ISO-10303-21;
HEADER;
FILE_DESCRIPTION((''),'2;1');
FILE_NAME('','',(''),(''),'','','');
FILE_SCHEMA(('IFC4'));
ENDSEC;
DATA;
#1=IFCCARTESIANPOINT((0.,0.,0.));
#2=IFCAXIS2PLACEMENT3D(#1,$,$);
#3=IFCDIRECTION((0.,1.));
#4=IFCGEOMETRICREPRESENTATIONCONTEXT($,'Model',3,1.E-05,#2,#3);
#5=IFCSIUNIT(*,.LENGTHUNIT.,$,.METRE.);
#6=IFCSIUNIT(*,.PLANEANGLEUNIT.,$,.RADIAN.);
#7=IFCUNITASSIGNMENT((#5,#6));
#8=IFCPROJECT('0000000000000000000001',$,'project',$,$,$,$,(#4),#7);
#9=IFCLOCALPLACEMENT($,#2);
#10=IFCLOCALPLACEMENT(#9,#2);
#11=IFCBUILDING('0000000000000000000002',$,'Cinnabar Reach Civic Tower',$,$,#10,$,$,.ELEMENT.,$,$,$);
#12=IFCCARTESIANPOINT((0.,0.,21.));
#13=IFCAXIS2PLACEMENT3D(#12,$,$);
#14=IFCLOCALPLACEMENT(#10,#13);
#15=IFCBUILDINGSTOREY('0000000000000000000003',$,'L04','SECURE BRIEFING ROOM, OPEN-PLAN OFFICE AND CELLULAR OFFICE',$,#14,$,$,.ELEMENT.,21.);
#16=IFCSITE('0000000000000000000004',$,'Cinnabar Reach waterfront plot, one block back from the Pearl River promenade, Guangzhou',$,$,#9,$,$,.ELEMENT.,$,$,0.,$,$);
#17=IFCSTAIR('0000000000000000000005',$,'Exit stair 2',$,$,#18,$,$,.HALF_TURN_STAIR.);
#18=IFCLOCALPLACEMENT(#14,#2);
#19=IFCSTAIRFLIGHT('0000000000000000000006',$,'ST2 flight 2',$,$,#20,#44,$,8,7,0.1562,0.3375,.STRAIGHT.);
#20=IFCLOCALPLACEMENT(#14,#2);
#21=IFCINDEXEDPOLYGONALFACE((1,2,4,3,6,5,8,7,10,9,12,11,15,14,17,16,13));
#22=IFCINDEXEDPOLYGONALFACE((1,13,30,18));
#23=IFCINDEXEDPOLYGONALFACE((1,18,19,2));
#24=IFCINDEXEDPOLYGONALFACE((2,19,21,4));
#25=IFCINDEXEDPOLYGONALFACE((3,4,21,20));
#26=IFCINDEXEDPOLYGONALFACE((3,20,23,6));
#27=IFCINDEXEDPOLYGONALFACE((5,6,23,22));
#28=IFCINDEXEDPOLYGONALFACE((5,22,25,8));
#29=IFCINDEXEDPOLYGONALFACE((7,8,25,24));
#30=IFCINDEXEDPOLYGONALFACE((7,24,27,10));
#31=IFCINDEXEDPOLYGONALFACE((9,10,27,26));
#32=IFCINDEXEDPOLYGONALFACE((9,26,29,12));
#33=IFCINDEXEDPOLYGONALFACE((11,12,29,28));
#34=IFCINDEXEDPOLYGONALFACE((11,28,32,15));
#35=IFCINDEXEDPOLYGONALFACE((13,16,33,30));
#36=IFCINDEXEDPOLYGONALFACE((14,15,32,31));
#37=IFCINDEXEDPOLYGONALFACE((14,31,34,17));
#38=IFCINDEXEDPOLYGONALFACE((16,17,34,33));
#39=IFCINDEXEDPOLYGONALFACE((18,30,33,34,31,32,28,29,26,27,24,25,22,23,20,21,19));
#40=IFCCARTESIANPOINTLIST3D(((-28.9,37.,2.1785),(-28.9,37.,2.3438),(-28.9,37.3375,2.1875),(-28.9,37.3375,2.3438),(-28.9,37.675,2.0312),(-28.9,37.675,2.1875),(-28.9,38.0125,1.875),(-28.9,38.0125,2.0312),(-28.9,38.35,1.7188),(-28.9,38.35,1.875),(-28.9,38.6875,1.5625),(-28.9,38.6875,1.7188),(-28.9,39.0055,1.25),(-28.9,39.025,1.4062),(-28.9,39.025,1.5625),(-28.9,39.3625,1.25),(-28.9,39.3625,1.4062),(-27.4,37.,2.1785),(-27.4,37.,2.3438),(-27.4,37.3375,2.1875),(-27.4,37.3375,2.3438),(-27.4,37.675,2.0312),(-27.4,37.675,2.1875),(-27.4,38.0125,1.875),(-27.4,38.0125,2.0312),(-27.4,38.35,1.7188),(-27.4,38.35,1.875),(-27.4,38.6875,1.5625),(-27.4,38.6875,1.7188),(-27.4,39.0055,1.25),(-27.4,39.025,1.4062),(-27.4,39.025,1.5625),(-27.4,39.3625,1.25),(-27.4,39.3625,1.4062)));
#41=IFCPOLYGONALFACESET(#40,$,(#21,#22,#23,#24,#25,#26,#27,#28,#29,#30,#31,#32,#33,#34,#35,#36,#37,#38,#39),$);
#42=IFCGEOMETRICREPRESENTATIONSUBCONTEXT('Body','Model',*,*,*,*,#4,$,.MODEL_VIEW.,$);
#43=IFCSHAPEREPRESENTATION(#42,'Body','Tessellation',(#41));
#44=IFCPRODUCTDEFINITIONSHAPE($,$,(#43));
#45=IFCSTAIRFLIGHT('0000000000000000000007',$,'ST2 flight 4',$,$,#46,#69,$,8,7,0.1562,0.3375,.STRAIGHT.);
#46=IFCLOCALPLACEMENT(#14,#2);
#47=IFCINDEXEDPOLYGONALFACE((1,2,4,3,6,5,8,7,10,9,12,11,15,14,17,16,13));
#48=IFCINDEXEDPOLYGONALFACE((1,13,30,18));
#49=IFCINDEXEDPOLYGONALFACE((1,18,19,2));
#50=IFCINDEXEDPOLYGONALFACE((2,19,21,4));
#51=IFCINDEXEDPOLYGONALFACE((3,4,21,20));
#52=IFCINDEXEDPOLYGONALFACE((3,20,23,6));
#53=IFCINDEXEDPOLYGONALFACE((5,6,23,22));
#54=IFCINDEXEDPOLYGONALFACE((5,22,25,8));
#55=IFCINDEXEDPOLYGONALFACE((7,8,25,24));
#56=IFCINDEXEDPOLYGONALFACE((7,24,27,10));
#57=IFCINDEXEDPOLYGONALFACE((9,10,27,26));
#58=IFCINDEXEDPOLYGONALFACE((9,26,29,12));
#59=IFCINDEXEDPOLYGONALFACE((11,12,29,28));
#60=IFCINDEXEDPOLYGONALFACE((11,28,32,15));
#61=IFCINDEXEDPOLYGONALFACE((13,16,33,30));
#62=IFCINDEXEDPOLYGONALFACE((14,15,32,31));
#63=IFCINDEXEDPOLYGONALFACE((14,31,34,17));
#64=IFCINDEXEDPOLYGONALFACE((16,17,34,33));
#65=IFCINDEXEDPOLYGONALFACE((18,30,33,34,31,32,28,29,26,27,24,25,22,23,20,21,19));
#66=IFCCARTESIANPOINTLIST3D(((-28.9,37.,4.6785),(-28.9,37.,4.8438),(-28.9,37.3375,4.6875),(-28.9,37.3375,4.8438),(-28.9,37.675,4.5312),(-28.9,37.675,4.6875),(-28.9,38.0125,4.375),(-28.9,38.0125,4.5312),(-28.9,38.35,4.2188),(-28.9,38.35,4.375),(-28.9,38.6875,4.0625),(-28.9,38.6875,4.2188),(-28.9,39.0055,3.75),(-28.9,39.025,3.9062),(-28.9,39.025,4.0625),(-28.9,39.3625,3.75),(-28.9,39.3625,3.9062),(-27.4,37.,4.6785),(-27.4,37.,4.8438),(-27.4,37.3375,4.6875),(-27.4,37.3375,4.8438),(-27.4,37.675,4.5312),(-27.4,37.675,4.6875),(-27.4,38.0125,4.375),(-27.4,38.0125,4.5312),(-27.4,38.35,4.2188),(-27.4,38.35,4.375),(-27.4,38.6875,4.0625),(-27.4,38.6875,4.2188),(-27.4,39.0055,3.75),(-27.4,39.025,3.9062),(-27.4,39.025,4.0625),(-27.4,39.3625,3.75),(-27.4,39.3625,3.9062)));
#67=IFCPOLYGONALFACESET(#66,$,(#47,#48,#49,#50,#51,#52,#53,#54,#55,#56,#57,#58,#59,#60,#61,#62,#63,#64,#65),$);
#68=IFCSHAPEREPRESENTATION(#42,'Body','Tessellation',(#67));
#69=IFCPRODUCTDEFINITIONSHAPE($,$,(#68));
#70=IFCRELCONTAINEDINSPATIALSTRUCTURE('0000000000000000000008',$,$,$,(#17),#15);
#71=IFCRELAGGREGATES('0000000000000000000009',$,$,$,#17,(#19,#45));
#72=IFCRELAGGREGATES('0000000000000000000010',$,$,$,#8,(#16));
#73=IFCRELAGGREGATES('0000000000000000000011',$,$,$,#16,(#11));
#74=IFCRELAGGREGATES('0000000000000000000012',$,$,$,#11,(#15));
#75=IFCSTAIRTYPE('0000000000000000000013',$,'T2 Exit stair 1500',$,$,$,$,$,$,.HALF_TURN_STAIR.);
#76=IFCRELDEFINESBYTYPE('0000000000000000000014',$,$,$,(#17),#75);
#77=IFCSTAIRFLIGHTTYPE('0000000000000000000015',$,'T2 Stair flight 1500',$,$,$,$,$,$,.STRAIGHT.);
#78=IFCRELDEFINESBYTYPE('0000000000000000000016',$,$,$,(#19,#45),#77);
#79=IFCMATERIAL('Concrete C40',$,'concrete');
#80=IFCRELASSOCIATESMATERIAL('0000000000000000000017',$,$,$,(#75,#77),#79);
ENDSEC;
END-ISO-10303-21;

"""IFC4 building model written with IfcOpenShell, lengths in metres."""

from ifc_helpers import new_model, si_unit, direction, frame, origin, place, context, subcontext, project, spatial, polyline, outline, extrude, material, type_object, element, aggregate, save


model = new_model("IFC4")

# Units and contexts
model_context = context("Model", 3, precision=1e-05, world=origin(), true_north=direction((0.0, 1.0)))
body_context = subcontext(model_context, "Body", "Model", "MODEL_VIEW")
ifc_project = project(units=[si_unit("LENGTHUNIT", "METRE"), si_unit("PLANEANGLEUNIT", "RADIAN")], contexts=[model_context])

# Site, building, storey
site_placement = place(None, origin())
site = spatial("IfcSite", under=ifc_project, at=site_placement, Name="Cinnabar Reach waterfront plot, one block back from the Pearl River promenade, Guangzhou", CompositionType="ELEMENT", RefElevation=0.0)
building_placement = place(site_placement, origin())
building = spatial("IfcBuilding", under=site, at=building_placement, Name="Cinnabar Reach Civic Tower", CompositionType="ELEMENT")
storey_placement = place(building_placement, frame((0.0, 0.0, 21.0)))
storey = spatial("IfcBuildingStorey", under=building, at=storey_placement, Name="L04", Description="SECURE BRIEFING ROOM, OPEN-PLAN OFFICE AND CELLULAR OFFICE", CompositionType="ELEMENT", Elevation=21.0)

# Shared definitions
ifc_material_1 = material(Name="Concrete C40", Category="concrete")

# Stair, stair flights
stair_type = type_object("IfcStairType", Name="T2 Exit stair 1500", PredefinedType="HALF_TURN_STAIR", material=ifc_material_1)
stair_placement = place(storey_placement, origin())
stair = element("IfcStair", 1, at=stair_placement, inside=storey, type_object=stair_type, Name="Exit stair 2", PredefinedType="HALF_TURN_STAIR")
stair_flight_type = type_object("IfcStairFlightType", Name="T2 Stair flight 1500", PredefinedType="STRAIGHT", material=ifc_material_1)
stair_flight_1_placement = place(storey_placement, frame((-28.15, 39.3625, 1.25), z_axis=(0.0, 0.0, 1.0), x_axis=(0.0, -1.0, 0.0)))
stair_flight_1 = element("IfcStairFlight", 2, at=stair_flight_1_placement, type_object=stair_flight_type, Name="ST2 flight 2", NumberOfRisers=8, NumberOfTreads=7, PredefinedType="STRAIGHT", RiserHeight=0.1562, TreadLength=0.3375, context=body_context, shape_type="SweptSolid", body=[
    extrude(outline(polyline([(0.0, 0.0), (0.0, 0.1562), (0.3375, 0.1562), (0.3375, 0.3125), (0.675, 0.3125), (0.675, 0.4688), (1.0125, 0.4688), (1.0125, 0.625), (1.35, 0.625), (1.35, 0.7812), (1.6875, 0.7812), (1.6875, 0.9375), (2.025, 0.9375), (2.025, 1.0938), (2.3625, 1.0938), (2.3625, 1.25), (2.3625, 0.9285), (0.357, 0.0), (0.0, 0.0)])), frame((0.0, 0.75, 0.0), z_axis=(0.0, -1.0, 0.0), x_axis=(1.0, 0.0, 0.0)), (0.0, 0.0, 1.0), 1.5),
])
stair_flight_2_placement = place(storey_placement, frame((-28.15, 39.3625, 3.75), z_axis=(0.0, 0.0, 1.0), x_axis=(0.0, -1.0, 0.0)))
stair_flight_2 = element("IfcStairFlight", 3, at=stair_flight_2_placement, type_object=stair_flight_type, Name="ST2 flight 4", NumberOfRisers=8, NumberOfTreads=7, PredefinedType="STRAIGHT", RiserHeight=0.1562, TreadLength=0.3375, context=body_context, shape_type="SweptSolid", body=[
    extrude(outline(polyline([(0.0, 0.0), (0.0, 0.1562), (0.3375, 0.1562), (0.3375, 0.3125), (0.675, 0.3125), (0.675, 0.4688), (1.0125, 0.4688), (1.0125, 0.625), (1.35, 0.625), (1.35, 0.7812), (1.6875, 0.7812), (1.6875, 0.9375), (2.025, 0.9375), (2.025, 1.0938), (2.3625, 1.0938), (2.3625, 1.25), (2.3625, 0.9285), (0.357, 0.0), (0.0, 0.0)])), frame((0.0, 0.75, 0.0), z_axis=(0.0, -1.0, 0.0), x_axis=(1.0, 0.0, 0.0)), (0.0, 0.0, 1.0), 1.5),
])
aggregate(stair, [stair_flight_1, stair_flight_2])

save(model, "model.ifc")
